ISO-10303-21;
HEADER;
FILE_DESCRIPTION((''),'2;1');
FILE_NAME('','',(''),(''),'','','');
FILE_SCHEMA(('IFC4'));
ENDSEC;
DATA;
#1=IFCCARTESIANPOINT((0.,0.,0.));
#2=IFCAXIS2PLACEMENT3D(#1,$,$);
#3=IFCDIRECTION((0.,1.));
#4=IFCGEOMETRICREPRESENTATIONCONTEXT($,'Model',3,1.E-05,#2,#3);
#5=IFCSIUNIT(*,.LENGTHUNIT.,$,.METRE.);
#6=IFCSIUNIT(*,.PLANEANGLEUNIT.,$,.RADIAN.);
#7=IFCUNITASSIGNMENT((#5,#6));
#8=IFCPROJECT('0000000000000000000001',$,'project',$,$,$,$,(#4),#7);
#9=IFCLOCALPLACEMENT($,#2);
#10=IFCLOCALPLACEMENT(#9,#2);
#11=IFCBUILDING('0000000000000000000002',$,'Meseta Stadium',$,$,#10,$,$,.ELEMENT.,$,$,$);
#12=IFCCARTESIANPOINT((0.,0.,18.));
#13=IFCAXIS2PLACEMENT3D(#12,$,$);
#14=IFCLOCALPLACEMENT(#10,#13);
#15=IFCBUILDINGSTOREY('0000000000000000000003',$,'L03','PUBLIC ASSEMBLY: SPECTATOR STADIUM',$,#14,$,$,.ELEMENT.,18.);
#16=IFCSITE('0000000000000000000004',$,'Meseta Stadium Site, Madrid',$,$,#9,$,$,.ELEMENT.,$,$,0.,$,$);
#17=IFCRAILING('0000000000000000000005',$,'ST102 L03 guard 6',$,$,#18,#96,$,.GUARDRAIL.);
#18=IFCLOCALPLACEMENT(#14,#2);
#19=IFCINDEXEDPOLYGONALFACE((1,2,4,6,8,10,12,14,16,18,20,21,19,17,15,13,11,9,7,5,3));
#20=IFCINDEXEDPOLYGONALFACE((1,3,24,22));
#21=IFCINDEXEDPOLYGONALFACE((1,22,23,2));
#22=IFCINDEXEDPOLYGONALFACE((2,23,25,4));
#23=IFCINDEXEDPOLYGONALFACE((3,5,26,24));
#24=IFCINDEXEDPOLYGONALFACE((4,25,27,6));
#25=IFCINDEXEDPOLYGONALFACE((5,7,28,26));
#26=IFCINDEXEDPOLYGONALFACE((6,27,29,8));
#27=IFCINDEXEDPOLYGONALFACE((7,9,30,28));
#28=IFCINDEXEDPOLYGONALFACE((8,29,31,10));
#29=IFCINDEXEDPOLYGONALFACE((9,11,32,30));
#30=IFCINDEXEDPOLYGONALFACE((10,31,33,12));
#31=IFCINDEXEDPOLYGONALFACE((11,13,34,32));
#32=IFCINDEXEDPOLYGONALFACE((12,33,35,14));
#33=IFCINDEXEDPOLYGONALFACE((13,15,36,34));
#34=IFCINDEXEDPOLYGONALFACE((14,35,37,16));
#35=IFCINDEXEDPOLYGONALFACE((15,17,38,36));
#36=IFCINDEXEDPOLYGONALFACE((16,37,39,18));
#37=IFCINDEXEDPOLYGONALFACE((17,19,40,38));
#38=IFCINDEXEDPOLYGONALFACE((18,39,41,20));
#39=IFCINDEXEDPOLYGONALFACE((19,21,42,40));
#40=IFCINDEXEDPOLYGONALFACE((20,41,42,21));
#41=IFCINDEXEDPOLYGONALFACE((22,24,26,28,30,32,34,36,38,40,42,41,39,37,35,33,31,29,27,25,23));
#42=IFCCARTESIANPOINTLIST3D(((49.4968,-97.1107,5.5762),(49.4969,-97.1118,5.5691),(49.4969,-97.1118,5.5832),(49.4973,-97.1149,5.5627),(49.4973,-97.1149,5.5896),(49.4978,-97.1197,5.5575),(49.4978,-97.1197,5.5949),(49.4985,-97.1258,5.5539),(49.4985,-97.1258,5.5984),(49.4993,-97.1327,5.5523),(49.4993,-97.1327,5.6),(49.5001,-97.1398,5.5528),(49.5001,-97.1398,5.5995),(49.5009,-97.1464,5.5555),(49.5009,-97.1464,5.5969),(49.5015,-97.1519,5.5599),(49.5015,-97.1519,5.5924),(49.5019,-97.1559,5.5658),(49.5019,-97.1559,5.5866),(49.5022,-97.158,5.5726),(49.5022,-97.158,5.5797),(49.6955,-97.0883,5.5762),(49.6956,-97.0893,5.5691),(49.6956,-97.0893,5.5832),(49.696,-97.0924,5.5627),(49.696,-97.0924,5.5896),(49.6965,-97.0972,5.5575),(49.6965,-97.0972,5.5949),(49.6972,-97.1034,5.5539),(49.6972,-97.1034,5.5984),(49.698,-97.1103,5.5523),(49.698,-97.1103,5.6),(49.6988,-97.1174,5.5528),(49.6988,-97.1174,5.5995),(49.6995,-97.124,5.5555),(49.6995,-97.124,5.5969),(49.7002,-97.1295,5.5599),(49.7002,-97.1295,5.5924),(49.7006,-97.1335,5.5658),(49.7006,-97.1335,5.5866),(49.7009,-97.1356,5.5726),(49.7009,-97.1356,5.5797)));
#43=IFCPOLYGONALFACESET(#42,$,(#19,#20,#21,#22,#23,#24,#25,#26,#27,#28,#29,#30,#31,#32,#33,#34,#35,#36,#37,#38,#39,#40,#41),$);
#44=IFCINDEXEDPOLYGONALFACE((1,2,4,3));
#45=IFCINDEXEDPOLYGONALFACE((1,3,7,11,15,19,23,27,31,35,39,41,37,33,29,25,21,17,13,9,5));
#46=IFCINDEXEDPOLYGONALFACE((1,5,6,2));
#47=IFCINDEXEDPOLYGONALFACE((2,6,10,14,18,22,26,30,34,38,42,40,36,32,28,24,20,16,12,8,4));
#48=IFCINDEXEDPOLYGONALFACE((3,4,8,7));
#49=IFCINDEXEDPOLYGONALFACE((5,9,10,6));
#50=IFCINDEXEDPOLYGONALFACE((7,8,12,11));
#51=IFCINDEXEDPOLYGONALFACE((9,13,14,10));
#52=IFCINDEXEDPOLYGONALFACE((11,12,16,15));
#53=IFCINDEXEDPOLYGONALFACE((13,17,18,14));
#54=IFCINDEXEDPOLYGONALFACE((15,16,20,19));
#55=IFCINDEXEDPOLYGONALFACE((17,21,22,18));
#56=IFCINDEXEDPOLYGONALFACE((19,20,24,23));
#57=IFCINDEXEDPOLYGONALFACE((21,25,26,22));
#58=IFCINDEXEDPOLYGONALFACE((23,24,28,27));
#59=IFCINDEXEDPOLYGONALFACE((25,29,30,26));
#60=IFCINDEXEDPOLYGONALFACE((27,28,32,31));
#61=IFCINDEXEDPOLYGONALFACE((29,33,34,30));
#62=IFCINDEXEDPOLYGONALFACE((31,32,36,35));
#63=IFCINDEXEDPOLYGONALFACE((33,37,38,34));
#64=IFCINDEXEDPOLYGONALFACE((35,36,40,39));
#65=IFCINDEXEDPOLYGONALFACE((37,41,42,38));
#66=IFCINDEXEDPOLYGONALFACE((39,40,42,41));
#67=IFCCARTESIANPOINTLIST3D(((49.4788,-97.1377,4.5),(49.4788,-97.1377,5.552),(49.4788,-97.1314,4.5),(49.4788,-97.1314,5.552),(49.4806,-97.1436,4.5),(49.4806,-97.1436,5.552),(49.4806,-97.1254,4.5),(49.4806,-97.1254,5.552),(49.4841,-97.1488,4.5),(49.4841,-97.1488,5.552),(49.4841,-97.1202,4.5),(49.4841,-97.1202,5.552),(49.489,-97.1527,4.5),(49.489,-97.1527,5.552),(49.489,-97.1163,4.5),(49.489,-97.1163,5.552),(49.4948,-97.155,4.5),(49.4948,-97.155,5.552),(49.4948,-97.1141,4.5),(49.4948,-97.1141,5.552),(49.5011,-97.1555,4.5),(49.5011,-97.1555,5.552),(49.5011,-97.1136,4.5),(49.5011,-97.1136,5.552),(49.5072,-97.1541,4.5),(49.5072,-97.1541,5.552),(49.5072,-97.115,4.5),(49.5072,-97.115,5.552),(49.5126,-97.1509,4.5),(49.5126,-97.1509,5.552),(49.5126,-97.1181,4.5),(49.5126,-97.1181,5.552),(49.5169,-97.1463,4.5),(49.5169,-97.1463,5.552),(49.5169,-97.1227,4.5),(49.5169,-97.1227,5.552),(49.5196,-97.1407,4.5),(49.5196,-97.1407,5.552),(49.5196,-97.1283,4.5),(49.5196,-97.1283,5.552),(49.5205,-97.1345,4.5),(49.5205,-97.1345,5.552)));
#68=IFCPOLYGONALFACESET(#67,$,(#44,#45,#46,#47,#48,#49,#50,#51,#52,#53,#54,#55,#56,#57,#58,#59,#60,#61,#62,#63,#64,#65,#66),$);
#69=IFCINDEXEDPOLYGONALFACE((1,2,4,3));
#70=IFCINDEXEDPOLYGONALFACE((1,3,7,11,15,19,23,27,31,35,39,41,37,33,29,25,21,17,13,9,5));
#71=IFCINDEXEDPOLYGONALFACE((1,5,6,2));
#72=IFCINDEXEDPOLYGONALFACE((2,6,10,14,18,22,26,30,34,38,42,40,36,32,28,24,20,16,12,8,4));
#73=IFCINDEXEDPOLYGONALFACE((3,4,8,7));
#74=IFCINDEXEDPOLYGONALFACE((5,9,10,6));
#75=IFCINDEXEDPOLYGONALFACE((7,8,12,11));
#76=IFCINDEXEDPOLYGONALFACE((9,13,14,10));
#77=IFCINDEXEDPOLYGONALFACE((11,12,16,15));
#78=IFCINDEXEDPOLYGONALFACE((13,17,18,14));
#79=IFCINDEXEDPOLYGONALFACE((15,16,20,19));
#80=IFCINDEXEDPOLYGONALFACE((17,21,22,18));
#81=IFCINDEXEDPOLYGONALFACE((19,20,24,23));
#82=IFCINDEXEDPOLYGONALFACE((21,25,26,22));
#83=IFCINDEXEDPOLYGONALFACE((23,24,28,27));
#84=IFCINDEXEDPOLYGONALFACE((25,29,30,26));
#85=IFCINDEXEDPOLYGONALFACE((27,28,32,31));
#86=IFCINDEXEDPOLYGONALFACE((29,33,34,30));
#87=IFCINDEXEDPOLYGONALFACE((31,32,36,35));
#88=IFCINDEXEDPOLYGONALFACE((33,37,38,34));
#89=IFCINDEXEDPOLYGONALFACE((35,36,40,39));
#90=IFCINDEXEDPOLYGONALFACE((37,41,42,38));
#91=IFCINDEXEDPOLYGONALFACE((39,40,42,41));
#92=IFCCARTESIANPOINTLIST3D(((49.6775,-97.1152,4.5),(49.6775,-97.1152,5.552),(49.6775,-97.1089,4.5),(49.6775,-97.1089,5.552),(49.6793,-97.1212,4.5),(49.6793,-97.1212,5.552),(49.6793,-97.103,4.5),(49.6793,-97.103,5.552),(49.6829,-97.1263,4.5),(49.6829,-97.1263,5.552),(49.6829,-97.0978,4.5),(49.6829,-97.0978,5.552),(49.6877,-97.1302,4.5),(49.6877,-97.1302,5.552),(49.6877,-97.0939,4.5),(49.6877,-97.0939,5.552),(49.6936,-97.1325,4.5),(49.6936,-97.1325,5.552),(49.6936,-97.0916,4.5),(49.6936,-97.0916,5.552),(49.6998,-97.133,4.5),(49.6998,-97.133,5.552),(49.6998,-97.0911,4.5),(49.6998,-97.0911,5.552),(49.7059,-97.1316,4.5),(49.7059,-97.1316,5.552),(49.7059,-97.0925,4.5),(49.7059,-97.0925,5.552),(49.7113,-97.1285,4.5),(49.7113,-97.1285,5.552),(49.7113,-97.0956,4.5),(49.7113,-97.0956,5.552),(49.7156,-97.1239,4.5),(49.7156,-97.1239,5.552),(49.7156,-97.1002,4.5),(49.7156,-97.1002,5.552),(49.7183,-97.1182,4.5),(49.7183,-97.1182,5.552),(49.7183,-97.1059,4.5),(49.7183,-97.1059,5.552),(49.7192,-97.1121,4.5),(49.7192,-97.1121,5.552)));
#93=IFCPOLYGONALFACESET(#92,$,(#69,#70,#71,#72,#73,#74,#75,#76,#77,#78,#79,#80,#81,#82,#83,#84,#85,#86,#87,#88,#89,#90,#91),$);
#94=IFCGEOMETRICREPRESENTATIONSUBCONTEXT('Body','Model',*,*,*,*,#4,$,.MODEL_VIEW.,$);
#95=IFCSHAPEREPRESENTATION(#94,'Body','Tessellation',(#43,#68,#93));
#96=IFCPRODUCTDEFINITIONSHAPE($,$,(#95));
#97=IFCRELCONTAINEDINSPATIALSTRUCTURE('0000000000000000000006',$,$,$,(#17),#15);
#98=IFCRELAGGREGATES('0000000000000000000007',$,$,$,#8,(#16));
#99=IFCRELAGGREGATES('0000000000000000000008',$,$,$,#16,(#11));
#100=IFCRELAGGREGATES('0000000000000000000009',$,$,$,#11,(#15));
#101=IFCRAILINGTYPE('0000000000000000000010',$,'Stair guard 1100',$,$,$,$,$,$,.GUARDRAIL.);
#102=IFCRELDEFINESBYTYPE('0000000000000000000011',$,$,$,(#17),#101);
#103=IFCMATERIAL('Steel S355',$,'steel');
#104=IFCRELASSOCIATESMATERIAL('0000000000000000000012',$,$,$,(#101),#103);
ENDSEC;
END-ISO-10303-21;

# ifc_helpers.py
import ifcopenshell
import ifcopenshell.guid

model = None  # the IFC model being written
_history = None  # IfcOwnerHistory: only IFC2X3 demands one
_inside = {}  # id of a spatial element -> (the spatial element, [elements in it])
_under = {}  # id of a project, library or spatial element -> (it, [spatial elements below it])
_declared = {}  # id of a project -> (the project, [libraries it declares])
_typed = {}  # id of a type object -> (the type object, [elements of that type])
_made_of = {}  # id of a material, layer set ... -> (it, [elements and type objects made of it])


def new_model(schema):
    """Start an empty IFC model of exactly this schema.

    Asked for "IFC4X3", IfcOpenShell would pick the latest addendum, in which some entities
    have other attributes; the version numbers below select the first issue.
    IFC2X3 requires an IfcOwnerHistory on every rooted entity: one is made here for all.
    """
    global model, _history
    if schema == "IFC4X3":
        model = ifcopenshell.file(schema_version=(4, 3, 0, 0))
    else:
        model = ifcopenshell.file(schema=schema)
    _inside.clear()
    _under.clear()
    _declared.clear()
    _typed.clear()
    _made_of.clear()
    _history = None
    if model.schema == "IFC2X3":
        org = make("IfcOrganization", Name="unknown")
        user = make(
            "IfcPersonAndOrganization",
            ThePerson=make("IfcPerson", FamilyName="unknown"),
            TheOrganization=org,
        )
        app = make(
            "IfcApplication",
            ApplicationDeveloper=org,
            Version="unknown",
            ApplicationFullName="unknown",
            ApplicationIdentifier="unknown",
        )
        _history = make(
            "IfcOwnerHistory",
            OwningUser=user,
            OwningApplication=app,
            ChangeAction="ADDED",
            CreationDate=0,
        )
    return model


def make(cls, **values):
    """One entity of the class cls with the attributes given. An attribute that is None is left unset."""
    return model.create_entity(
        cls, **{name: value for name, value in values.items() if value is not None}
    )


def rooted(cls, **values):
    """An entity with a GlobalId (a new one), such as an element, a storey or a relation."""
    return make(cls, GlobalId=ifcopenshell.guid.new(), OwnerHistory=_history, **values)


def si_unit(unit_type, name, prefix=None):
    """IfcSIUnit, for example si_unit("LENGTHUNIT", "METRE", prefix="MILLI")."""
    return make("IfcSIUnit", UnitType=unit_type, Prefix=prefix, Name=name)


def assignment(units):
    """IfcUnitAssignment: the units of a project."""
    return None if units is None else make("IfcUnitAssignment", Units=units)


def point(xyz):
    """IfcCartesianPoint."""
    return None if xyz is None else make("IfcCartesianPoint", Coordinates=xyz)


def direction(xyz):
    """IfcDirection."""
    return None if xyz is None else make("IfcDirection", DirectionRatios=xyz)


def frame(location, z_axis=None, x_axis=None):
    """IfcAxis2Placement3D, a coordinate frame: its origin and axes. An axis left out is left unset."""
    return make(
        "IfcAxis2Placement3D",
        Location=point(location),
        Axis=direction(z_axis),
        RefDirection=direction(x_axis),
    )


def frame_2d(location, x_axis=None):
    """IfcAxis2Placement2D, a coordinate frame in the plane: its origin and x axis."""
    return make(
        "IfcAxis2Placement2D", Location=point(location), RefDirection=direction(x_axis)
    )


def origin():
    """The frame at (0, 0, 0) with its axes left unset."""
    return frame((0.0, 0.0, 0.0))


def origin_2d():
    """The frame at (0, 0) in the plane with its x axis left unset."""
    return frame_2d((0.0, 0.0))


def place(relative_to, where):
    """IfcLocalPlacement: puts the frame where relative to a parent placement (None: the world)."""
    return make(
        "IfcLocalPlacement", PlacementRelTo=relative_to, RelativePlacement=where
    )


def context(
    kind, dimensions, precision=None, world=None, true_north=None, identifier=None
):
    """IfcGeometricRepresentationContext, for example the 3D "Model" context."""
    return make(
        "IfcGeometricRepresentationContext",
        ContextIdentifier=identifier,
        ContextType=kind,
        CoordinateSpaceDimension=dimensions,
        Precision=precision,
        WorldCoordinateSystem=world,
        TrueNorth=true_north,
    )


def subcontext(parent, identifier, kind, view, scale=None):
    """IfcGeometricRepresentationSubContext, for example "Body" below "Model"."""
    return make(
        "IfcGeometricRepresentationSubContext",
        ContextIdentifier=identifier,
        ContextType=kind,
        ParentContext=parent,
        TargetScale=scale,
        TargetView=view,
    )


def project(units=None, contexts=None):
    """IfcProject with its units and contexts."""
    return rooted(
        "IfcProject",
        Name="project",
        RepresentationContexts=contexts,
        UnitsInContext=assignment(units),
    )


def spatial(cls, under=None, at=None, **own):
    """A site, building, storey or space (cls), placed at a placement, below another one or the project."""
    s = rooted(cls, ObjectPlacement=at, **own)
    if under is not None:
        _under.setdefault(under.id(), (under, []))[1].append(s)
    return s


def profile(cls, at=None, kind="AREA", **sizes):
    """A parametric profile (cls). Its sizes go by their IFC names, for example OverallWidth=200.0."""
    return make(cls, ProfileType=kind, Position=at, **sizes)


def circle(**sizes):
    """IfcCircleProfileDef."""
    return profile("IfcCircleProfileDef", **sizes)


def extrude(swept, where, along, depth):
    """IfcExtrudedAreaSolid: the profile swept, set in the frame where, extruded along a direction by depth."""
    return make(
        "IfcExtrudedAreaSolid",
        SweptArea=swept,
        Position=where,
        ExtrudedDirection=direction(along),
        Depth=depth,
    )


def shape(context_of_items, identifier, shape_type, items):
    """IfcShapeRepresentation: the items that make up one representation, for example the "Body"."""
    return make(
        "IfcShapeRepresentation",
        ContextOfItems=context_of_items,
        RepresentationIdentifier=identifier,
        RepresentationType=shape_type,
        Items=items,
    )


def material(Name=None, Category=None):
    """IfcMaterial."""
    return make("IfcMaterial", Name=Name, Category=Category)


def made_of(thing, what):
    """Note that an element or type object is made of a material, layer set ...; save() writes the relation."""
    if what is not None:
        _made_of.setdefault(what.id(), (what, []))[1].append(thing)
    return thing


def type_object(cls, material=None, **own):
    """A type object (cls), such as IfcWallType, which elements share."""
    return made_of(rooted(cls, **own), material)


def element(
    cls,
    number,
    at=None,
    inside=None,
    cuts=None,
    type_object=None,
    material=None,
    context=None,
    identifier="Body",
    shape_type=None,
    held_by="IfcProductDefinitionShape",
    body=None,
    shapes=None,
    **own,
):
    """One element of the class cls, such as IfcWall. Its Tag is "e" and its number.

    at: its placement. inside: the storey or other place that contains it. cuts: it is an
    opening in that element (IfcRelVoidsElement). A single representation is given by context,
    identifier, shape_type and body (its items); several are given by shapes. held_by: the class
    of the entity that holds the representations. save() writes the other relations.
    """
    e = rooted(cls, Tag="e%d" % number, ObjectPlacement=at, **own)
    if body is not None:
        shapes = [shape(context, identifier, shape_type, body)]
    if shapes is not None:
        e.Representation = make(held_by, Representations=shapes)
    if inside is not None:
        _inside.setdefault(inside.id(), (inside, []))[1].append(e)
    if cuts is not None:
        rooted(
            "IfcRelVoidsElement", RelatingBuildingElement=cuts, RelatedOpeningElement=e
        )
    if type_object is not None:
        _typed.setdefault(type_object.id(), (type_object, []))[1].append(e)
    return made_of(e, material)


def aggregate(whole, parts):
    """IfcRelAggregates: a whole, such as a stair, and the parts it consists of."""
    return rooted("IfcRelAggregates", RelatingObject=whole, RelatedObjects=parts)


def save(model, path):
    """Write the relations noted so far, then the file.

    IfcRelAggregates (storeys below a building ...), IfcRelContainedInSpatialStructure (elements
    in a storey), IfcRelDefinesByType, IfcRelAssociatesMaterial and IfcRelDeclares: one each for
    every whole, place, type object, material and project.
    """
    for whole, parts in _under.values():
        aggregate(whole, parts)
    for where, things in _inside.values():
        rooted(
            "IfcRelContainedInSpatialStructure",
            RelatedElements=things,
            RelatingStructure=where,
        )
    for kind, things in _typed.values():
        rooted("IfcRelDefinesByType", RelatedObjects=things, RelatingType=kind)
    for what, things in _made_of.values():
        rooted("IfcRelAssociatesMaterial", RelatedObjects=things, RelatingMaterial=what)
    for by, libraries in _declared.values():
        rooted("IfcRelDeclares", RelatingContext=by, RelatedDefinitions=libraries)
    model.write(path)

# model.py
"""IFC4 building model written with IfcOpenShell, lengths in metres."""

from ifc_helpers import new_model, si_unit, direction, frame, origin, origin_2d, place, context, subcontext, project, spatial, circle, extrude, material, type_object, element, save


model = new_model("IFC4")

# Units and contexts
model_context = context("Model", 3, precision=1e-05, world=origin(), true_north=direction((0.0, 1.0)))
body_context = subcontext(model_context, "Body", "Model", "MODEL_VIEW")
ifc_project = project(units=[si_unit("LENGTHUNIT", "METRE"), si_unit("PLANEANGLEUNIT", "RADIAN")], contexts=[model_context])

# Site, building, storey
site_placement = place(None, origin())
site = spatial("IfcSite", under=ifc_project, at=site_placement, Name="Meseta Stadium Site, Madrid", CompositionType="ELEMENT", RefElevation=0.0)
building_placement = place(site_placement, origin())
building = spatial("IfcBuilding", under=site, at=building_placement, Name="Meseta Stadium", CompositionType="ELEMENT")
storey_placement = place(building_placement, frame((0.0, 0.0, 18.0)))
storey = spatial("IfcBuildingStorey", under=building, at=storey_placement, Name="L03", Description="PUBLIC ASSEMBLY: SPECTATOR STADIUM", CompositionType="ELEMENT", Elevation=18.0)

# Railing
ifc_material_1 = material(Name="Steel S355", Category="steel")
railing_type_1 = type_object("IfcRailingType", Name="Stair guard 1100", PredefinedType="GUARDRAIL", material=ifc_material_1)
railing_1_placement = place(storey_placement, frame((49.4995, -97.1345, 4.5)))
element("IfcRailing", 1, at=railing_1_placement, inside=storey, type_object=railing_type_1, Name="ST102 L03 guard 6", PredefinedType="GUARDRAIL", context=body_context, shape_type="SweptSolid", body=[
    extrude(circle(Radius=0.0239, at=origin_2d()), frame((0.0, 0.0, 1.0762), z_axis=(0.993674, 0.112307, 0.0), x_axis=(-0.112307, 0.993674, 0.0)), (0.0, 0.0, 1.0), 0.2),
    extrude(circle(Radius=0.021, at=origin_2d()), origin(), (0.0, 0.0, 1.0), 1.052),
    extrude(circle(Radius=0.021, at=origin_2d()), frame((0.1987, 0.0225, 0.0)), (0.0, 0.0, 1.0), 1.052),
])

save(model, "model.ifc")
